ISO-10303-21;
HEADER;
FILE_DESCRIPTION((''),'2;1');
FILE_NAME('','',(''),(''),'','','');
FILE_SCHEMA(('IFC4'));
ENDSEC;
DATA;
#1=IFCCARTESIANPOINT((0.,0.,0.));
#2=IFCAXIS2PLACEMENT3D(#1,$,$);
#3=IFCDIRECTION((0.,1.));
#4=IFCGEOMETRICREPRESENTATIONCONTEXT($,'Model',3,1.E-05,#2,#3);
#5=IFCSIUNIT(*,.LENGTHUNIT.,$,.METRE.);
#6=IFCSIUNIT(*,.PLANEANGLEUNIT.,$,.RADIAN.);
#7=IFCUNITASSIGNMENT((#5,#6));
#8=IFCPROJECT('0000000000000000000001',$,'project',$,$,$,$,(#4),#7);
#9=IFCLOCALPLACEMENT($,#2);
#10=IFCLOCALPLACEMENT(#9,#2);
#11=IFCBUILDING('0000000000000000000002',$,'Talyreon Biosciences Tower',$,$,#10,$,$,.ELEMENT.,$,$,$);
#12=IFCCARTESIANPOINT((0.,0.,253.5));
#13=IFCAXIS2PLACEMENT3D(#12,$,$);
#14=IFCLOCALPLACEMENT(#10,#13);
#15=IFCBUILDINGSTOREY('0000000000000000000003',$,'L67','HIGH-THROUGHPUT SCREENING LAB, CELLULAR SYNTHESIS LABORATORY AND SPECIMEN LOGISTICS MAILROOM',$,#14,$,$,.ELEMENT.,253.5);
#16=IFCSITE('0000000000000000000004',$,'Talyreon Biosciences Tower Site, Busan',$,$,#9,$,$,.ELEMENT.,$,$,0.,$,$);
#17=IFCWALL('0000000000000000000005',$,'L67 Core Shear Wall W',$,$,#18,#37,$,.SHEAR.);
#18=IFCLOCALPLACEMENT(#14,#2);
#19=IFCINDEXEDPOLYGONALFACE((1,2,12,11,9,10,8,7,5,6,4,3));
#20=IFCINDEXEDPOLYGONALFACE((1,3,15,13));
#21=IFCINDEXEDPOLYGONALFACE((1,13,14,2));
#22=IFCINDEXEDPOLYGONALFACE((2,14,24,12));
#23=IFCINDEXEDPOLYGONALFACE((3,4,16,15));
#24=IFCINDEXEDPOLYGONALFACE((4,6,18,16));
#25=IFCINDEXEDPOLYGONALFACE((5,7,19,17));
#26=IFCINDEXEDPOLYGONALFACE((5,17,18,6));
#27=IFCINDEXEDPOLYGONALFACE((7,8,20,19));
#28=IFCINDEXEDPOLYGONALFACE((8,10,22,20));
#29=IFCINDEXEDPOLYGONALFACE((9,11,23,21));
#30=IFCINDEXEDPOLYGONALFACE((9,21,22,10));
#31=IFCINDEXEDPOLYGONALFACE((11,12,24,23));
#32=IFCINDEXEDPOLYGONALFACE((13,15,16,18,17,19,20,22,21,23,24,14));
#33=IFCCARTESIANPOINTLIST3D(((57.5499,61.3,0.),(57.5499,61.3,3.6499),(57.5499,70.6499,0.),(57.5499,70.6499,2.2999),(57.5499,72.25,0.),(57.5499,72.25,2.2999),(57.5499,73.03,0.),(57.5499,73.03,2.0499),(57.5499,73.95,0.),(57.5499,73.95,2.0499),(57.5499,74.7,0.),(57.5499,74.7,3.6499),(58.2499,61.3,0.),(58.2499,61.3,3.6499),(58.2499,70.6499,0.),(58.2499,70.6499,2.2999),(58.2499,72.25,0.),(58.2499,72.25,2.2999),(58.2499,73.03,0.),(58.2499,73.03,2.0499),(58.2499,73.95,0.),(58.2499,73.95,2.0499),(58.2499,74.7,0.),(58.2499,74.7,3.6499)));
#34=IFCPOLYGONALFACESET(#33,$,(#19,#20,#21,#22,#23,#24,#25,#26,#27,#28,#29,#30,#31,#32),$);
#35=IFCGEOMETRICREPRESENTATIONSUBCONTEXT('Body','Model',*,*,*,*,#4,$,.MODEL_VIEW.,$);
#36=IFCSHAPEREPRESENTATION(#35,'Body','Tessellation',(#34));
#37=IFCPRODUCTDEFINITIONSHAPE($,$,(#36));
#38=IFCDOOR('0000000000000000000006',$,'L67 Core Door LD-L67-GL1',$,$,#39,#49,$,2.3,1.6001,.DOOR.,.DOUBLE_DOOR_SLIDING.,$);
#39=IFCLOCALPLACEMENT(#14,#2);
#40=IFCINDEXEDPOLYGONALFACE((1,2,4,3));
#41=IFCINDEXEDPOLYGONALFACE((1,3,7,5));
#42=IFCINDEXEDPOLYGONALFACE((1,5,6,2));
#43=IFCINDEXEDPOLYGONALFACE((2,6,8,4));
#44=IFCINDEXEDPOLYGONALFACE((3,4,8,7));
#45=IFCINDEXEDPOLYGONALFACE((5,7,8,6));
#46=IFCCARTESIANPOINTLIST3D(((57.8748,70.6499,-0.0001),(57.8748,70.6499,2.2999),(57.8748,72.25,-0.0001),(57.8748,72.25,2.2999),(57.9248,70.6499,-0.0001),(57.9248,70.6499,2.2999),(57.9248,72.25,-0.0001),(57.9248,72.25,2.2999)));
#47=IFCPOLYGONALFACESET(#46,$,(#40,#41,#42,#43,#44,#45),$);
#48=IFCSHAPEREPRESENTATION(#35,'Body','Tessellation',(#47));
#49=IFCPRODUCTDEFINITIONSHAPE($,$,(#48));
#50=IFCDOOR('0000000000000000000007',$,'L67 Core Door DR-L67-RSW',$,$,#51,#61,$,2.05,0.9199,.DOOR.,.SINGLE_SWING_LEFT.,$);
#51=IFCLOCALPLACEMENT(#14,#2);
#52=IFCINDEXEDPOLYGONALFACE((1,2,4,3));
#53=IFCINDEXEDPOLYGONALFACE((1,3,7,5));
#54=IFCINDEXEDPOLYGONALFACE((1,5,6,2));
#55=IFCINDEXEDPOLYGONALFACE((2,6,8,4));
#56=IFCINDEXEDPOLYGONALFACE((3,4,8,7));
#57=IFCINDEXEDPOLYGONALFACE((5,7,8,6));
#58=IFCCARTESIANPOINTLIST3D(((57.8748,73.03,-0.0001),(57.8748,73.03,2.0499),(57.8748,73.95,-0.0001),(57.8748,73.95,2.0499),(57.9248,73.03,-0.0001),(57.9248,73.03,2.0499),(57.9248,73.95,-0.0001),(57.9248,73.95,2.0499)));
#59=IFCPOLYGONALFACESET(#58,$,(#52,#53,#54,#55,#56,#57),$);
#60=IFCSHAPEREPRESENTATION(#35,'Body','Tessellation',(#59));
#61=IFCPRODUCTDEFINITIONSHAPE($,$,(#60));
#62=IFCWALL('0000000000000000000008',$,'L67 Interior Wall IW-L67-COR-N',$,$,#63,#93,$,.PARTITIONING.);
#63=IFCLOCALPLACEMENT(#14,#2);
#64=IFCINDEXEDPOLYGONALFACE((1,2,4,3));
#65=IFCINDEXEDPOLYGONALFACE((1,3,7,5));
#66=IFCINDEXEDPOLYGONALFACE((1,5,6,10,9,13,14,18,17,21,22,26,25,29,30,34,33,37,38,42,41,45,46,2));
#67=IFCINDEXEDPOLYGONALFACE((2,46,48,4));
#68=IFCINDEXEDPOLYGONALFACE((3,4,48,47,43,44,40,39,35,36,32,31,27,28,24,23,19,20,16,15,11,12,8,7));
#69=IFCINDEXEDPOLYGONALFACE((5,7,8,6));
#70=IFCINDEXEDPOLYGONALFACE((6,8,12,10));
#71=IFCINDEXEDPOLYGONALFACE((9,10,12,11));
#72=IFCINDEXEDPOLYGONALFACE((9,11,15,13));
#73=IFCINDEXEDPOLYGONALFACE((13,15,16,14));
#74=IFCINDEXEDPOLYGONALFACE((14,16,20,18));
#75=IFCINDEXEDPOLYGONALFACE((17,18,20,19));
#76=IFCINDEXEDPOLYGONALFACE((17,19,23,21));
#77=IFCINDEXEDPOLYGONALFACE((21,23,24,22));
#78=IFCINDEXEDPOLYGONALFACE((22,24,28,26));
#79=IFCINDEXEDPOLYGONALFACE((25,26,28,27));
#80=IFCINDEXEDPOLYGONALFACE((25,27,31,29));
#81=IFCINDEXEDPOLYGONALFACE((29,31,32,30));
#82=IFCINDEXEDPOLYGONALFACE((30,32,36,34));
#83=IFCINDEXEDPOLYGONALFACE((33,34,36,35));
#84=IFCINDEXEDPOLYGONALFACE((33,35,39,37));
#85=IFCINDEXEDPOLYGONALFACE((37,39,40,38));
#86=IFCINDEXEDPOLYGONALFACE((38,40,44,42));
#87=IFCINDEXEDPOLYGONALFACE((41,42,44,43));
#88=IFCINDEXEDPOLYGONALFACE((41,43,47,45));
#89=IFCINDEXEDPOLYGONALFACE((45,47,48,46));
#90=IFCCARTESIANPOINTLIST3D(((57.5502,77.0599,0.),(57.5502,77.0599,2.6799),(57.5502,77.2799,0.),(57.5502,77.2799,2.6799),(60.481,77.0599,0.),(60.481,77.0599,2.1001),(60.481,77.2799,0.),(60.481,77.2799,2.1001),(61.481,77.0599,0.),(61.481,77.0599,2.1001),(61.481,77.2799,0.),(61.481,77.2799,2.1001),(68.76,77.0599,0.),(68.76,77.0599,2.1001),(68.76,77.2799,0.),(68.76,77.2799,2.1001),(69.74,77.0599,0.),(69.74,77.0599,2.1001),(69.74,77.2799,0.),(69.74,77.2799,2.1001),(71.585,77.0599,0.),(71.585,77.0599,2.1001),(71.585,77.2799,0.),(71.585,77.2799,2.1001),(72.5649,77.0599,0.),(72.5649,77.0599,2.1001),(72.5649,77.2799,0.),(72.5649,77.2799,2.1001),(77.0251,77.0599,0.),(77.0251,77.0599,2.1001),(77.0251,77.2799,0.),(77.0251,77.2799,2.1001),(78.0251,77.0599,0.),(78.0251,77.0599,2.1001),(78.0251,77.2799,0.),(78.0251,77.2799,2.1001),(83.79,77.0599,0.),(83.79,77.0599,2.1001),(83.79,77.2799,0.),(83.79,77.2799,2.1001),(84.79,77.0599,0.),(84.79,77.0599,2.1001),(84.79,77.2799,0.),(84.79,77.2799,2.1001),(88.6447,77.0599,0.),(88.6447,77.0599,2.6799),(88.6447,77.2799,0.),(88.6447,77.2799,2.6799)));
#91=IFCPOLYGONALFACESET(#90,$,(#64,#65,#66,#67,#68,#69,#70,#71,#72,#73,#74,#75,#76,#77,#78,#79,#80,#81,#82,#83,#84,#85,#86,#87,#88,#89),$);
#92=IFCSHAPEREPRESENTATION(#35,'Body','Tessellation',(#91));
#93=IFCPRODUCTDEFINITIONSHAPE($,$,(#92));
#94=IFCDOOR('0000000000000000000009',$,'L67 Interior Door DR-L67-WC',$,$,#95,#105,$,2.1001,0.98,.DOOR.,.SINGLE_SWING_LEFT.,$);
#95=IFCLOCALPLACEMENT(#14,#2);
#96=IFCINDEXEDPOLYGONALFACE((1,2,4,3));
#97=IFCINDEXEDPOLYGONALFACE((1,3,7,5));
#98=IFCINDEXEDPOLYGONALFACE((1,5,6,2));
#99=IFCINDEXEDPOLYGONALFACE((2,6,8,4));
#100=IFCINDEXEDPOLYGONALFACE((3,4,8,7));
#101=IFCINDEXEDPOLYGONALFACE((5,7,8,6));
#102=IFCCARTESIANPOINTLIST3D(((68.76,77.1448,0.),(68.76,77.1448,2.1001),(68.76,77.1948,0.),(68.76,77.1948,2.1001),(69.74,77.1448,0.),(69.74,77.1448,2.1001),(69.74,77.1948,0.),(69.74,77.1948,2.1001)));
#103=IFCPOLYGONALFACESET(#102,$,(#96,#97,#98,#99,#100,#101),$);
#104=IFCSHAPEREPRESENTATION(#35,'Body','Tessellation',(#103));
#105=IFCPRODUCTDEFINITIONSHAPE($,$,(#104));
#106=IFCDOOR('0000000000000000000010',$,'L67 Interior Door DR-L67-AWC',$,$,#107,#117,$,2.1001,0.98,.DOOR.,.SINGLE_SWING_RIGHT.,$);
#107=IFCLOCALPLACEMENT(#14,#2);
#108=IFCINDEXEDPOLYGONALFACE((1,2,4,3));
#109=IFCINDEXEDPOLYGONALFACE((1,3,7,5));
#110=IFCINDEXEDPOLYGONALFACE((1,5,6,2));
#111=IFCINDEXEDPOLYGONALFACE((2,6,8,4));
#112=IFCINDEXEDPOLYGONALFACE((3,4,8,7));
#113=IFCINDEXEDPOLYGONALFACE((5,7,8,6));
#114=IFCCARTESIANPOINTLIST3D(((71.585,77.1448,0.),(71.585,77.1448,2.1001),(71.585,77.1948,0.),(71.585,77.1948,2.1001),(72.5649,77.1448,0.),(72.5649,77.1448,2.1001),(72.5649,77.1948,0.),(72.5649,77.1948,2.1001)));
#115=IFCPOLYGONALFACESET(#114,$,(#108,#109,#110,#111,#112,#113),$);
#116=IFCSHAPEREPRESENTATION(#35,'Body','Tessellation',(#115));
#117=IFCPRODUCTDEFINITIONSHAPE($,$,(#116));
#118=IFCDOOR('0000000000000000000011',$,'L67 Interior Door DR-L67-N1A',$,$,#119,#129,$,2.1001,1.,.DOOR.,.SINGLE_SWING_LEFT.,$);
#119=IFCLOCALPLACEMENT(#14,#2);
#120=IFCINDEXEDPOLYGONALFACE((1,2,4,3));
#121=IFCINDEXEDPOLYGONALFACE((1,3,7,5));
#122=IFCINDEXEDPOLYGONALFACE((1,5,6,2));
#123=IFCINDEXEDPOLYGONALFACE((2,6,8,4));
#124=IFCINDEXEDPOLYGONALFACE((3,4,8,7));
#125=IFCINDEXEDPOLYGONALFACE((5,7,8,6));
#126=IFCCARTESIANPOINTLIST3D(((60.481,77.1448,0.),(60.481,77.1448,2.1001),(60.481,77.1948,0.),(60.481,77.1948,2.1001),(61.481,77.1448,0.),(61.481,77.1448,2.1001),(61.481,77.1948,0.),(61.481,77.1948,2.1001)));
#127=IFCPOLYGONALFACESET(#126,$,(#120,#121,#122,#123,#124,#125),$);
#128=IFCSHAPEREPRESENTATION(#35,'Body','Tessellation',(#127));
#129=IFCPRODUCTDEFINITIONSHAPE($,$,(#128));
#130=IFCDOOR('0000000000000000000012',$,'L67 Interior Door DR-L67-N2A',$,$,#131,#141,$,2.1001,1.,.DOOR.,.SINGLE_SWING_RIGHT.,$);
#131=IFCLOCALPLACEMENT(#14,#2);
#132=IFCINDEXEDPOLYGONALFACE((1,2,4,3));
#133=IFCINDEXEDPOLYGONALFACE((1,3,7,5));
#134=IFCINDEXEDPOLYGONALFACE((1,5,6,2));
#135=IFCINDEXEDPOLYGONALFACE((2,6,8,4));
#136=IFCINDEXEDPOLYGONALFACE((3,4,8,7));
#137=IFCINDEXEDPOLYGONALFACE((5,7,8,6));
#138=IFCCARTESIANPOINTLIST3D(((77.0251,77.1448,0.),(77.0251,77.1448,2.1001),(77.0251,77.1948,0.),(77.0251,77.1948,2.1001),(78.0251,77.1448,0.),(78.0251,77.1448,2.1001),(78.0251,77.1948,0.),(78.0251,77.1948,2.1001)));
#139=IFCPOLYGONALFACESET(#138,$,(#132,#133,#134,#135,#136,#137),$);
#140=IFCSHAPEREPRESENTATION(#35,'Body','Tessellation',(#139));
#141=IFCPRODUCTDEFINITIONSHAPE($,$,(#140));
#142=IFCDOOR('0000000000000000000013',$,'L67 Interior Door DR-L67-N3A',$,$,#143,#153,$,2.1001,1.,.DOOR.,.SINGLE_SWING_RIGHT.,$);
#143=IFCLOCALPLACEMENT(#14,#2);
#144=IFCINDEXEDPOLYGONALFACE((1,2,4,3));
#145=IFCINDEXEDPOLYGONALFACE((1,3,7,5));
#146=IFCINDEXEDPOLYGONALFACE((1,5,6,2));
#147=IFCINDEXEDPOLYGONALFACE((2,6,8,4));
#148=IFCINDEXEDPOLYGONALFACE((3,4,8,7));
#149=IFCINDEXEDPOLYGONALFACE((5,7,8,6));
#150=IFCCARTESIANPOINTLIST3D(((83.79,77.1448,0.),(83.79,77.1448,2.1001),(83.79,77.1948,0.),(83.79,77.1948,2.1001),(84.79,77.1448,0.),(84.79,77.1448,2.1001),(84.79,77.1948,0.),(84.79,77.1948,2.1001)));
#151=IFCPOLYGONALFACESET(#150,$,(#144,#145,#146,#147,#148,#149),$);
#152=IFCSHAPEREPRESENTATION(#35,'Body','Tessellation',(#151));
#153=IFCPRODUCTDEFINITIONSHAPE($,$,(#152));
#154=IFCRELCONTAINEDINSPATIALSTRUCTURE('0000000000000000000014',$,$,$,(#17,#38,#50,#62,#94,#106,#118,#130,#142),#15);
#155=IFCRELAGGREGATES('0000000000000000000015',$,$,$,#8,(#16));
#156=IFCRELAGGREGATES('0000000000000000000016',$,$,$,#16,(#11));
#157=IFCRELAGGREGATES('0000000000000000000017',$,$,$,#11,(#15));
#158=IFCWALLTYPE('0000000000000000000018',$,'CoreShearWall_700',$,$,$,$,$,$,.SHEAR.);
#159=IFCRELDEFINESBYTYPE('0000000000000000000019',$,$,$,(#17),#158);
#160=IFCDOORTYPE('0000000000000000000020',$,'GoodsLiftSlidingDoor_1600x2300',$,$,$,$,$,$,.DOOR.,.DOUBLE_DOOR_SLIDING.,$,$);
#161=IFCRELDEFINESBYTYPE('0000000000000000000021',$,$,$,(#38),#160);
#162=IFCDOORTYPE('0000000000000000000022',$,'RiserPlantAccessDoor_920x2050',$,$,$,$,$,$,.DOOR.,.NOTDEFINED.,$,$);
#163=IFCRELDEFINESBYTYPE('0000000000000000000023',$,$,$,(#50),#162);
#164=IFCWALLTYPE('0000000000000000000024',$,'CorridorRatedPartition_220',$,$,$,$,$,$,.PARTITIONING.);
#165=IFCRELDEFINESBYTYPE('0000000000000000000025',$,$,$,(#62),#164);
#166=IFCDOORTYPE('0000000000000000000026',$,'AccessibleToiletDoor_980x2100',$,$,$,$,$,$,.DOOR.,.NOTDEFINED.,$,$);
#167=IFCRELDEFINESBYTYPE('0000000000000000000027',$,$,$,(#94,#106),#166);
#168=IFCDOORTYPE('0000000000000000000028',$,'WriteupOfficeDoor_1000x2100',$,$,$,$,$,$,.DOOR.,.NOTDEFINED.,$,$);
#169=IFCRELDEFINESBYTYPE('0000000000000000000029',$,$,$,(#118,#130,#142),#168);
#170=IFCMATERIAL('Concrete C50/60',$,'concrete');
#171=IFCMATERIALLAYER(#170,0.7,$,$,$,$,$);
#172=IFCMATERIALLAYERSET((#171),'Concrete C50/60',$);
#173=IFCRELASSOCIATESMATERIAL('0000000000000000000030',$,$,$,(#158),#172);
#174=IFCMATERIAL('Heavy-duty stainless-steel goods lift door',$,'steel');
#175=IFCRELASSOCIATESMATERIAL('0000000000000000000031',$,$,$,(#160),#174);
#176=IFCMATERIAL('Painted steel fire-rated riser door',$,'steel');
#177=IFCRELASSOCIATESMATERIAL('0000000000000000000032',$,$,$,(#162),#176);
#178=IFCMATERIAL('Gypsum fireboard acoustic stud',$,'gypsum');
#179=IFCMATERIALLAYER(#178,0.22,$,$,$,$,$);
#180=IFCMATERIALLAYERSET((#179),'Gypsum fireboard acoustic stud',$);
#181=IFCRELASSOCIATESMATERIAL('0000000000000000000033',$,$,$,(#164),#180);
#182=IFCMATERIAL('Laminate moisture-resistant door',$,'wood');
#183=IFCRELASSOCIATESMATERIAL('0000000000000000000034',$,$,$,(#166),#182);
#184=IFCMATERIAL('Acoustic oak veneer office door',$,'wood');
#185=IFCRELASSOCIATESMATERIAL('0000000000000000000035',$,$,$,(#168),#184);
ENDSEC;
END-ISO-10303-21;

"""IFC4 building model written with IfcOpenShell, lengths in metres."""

from ifc_helpers import new_model, si_unit, direction, frame, frame_2d, origin, place, context, subcontext, project, spatial, rectangle, extrude, material, layer, layer_set, type_object, element, fill, save


model = new_model("IFC4")

# Units and contexts
model_context = context("Model", 3, precision=1e-05, world=origin(), true_north=direction((0.0, 1.0)))
body_context = subcontext(model_context, "Body", "Model", "MODEL_VIEW")
ifc_project = project(units=[si_unit("LENGTHUNIT", "METRE"), si_unit("PLANEANGLEUNIT", "RADIAN")], contexts=[model_context])

# Site, building, storey
site_placement = place(None, origin())
site = spatial("IfcSite", under=ifc_project, at=site_placement, Name="Talyreon Biosciences Tower Site, Busan", CompositionType="ELEMENT", RefElevation=0.0)
building_placement = place(site_placement, origin())
building = spatial("IfcBuilding", under=site, at=building_placement, Name="Talyreon Biosciences Tower", CompositionType="ELEMENT")
storey_placement = place(building_placement, frame((0.0, 0.0, 253.5)))
storey = spatial("IfcBuildingStorey", under=building, at=storey_placement, Name="L67", Description="HIGH-THROUGHPUT SCREENING LAB, CELLULAR SYNTHESIS LABORATORY AND SPECIMEN LOGISTICS MAILROOM", CompositionType="ELEMENT", Elevation=253.5)

# Shared definitions
ifc_material_1 = material(Name="Concrete C50/60", Category="concrete")

# Shared definitions
ifc_layer_1 = layer(ifc_material_1, 0.7)
ifc_layer_set_1 = layer_set([ifc_layer_1], Name="Concrete C50/60")
wall_type_1 = type_object("IfcWallType", Name="CoreShearWall_700", PredefinedType="SHEAR", material=ifc_layer_set_1)

# Walls, openings, doors
wall_1_placement = place(storey_placement, frame((57.8999, 74.7, 0.0), z_axis=(0.0, 0.0, 1.0), x_axis=(0.0, -1.0, 0.0)))
wall_1 = element("IfcWall", 1, at=wall_1_placement, inside=storey, type_object=wall_type_1, Name="L67 Core Shear Wall W", PredefinedType="SHEAR", context=body_context, shape_type="SweptSolid", body=[
    extrude(rectangle(XDim=13.3999, YDim=0.7, at=frame_2d((6.7, 0.0))), origin(), (0.0, 0.0, 1.0), 3.6499),
])
opening_1_placement = place(wall_1_placement, frame((0.75, 0.0, 0.0)))
opening_1 = element("IfcOpeningElement", 2, at=opening_1_placement, cuts=wall_1, PredefinedType="OPENING", context=body_context, shape_type="SweptSolid", body=[
    extrude(rectangle(XDim=0.9199, YDim=2.05, at=frame_2d((0.46, 1.0249))), frame((0.0, 0.3599, 0.0), z_axis=(0.0, -1.0, 0.0), x_axis=(1.0, 0.0, 0.0)), (0.0, 0.0, 1.0), 0.72),
])
opening_2_placement = place(wall_1_placement, frame((2.45, 0.0, 0.0)))
opening_2 = element("IfcOpeningElement", 3, at=opening_2_placement, cuts=wall_1, PredefinedType="OPENING", context=body_context, shape_type="SweptSolid", body=[
    extrude(rectangle(XDim=1.6001, YDim=2.3, at=frame_2d((0.8, 1.1499))), frame((0.0, 0.3599, 0.0), z_axis=(0.0, -1.0, 0.0), x_axis=(1.0, 0.0, 0.0)), (0.0, 0.0, 1.0), 0.72),
])
ifc_material_2 = material(Name="Heavy-duty stainless-steel goods lift door", Category="steel")
door_type_1 = type_object("IfcDoorType", Name="GoodsLiftSlidingDoor_1600x2300", OperationType="DOUBLE_DOOR_SLIDING", PredefinedType="DOOR", material=ifc_material_2)
door_1_placement = place(opening_2_placement, origin())
door_1 = element("IfcDoor", 4, at=door_1_placement, inside=storey, type_object=door_type_1, Name="L67 Core Door LD-L67-GL1", OperationType="DOUBLE_DOOR_SLIDING", OverallHeight=2.3, OverallWidth=1.6001, PredefinedType="DOOR", context=body_context, shape_type="SweptSolid", body=[
    extrude(rectangle(XDim=1.6001, YDim=2.3, at=frame_2d((0.8, 1.1499))), frame((0.0, 0.0249, 0.0), z_axis=(0.0, -1.0, 0.0), x_axis=(1.0, 0.0, 0.0)), (0.0, 0.0, 1.0), 0.05),
])
fill(opening_2, door_1)
ifc_material_3 = material(Name="Painted steel fire-rated riser door", Category="steel")
door_type_2 = type_object("IfcDoorType", Name="RiserPlantAccessDoor_920x2050", OperationType="NOTDEFINED", PredefinedType="DOOR", material=ifc_material_3)
door_2_placement = place(opening_1_placement, origin())
door_2 = element("IfcDoor", 5, at=door_2_placement, inside=storey, type_object=door_type_2, Name="L67 Core Door DR-L67-RSW", OperationType="SINGLE_SWING_LEFT", OverallHeight=2.05, OverallWidth=0.9199, PredefinedType="DOOR", context=body_context, shape_type="SweptSolid", body=[
    extrude(rectangle(XDim=0.9199, YDim=2.05, at=frame_2d((0.46, 1.0249))), frame((0.0, 0.0249, 0.0), z_axis=(0.0, -1.0, 0.0), x_axis=(1.0, 0.0, 0.0)), (0.0, 0.0, 1.0), 0.05),
])
fill(opening_1, door_2)
ifc_material_4 = material(Name="Gypsum fireboard acoustic stud", Category="gypsum")
ifc_layer_2 = layer(ifc_material_4, 0.22)
ifc_layer_set_2 = layer_set([ifc_layer_2], Name="Gypsum fireboard acoustic stud")
wall_type_2 = type_object("IfcWallType", Name="CorridorRatedPartition_220", PredefinedType="PARTITIONING", material=ifc_layer_set_2)
wall_2_placement = place(storey_placement, frame((57.55, 77.1699, 0.0), z_axis=(0.0, 0.0, 1.0), x_axis=(1.0, 0.0, 0.0)))
wall_2 = element("IfcWall", 6, at=wall_2_placement, inside=storey, type_object=wall_type_2, Name="L67 Interior Wall IW-L67-COR-N", PredefinedType="PARTITIONING", context=body_context, shape_type="SweptSolid", body=[
    extrude(rectangle(XDim=31.0945, YDim=0.22, at=frame_2d((15.5474, 0.0))), origin(), (0.0, 0.0, 1.0), 2.6799),
])
opening_3_placement = place(wall_2_placement, frame((11.21, 0.0, 0.0)))
opening_3 = element("IfcOpeningElement", 7, at=opening_3_placement, cuts=wall_2, PredefinedType="OPENING", context=body_context, shape_type="SweptSolid", body=[
    extrude(rectangle(XDim=0.98, YDim=2.1001, at=frame_2d((0.49, 1.05))), frame((0.0, 0.1199, 0.0), z_axis=(0.0, -1.0, 0.0), x_axis=(1.0, 0.0, 0.0)), (0.0, 0.0, 1.0), 0.24),
])
opening_4_placement = place(wall_2_placement, frame((14.0349, 0.0, 0.0)))
opening_4 = element("IfcOpeningElement", 8, at=opening_4_placement, cuts=wall_2, PredefinedType="OPENING", context=body_context, shape_type="SweptSolid", body=[
    extrude(rectangle(XDim=0.98, YDim=2.1001, at=frame_2d((0.49, 1.05))), frame((0.0, 0.1199, 0.0), z_axis=(0.0, -1.0, 0.0), x_axis=(1.0, 0.0, 0.0)), (0.0, 0.0, 1.0), 0.24),
])
opening_5_placement = place(wall_2_placement, frame((2.9309, 0.0, 0.0)))
opening_5 = element("IfcOpeningElement", 9, at=opening_5_placement, cuts=wall_2, PredefinedType="OPENING", context=body_context, shape_type="SweptSolid", body=[
    extrude(rectangle(XDim=1.0, YDim=2.1001, at=frame_2d((0.5, 1.05))), frame((0.0, 0.1199, 0.0), z_axis=(0.0, -1.0, 0.0), x_axis=(1.0, 0.0, 0.0)), (0.0, 0.0, 1.0), 0.24),
])
opening_6_placement = place(wall_2_placement, frame((19.4751, 0.0, 0.0)))
opening_6 = element("IfcOpeningElement", 10, at=opening_6_placement, cuts=wall_2, PredefinedType="OPENING", context=body_context, shape_type="SweptSolid", body=[
    extrude(rectangle(XDim=1.0, YDim=2.1001, at=frame_2d((0.5, 1.05))), frame((0.0, 0.1199, 0.0), z_axis=(0.0, -1.0, 0.0), x_axis=(1.0, 0.0, 0.0)), (0.0, 0.0, 1.0), 0.24),
])
opening_7_placement = place(wall_2_placement, frame((26.24, 0.0, 0.0)))
opening_7 = element("IfcOpeningElement", 11, at=opening_7_placement, cuts=wall_2, PredefinedType="OPENING", context=body_context, shape_type="SweptSolid", body=[
    extrude(rectangle(XDim=1.0, YDim=2.1001, at=frame_2d((0.5, 1.05))), frame((0.0, 0.1199, 0.0), z_axis=(0.0, -1.0, 0.0), x_axis=(1.0, 0.0, 0.0)), (0.0, 0.0, 1.0), 0.24),
])
ifc_material_5 = material(Name="Laminate moisture-resistant door", Category="wood")
door_type_3 = type_object("IfcDoorType", Name="AccessibleToiletDoor_980x2100", OperationType="NOTDEFINED", PredefinedType="DOOR", material=ifc_material_5)
door_3_placement = place(opening_3_placement, origin())
door_3 = element("IfcDoor", 12, at=door_3_placement, inside=storey, type_object=door_type_3, Name="L67 Interior Door DR-L67-WC", OperationType="SINGLE_SWING_LEFT", OverallHeight=2.1001, OverallWidth=0.98, PredefinedType="DOOR", context=body_context, shape_type="SweptSolid", body=[
    extrude(rectangle(XDim=0.98, YDim=2.1001, at=frame_2d((0.49, 1.05))), frame((0.0, 0.0249, 0.0), z_axis=(0.0, -1.0, 0.0), x_axis=(1.0, 0.0, 0.0)), (0.0, 0.0, 1.0), 0.05),
])
fill(opening_3, door_3)
door_4_placement = place(opening_4_placement, origin())
door_4 = element("IfcDoor", 13, at=door_4_placement, inside=storey, type_object=door_type_3, Name="L67 Interior Door DR-L67-AWC", OperationType="SINGLE_SWING_RIGHT", OverallHeight=2.1001, OverallWidth=0.98, PredefinedType="DOOR", context=body_context, shape_type="SweptSolid", body=[
    extrude(rectangle(XDim=0.98, YDim=2.1001, at=frame_2d((0.49, 1.05))), frame((0.0, 0.0249, 0.0), z_axis=(0.0, -1.0, 0.0), x_axis=(1.0, 0.0, 0.0)), (0.0, 0.0, 1.0), 0.05),
])
fill(opening_4, door_4)
ifc_material_6 = material(Name="Acoustic oak veneer office door", Category="wood")
door_type_4 = type_object("IfcDoorType", Name="WriteupOfficeDoor_1000x2100", OperationType="NOTDEFINED", PredefinedType="DOOR", material=ifc_material_6)
door_5_placement = place(opening_5_placement, origin())
door_5 = element("IfcDoor", 14, at=door_5_placement, inside=storey, type_object=door_type_4, Name="L67 Interior Door DR-L67-N1A", OperationType="SINGLE_SWING_LEFT", OverallHeight=2.1001, OverallWidth=1.0, PredefinedType="DOOR", context=body_context, shape_type="SweptSolid", body=[
    extrude(rectangle(XDim=1.0, YDim=2.1001, at=frame_2d((0.5, 1.05))), frame((0.0, 0.0249, 0.0), z_axis=(0.0, -1.0, 0.0), x_axis=(1.0, 0.0, 0.0)), (0.0, 0.0, 1.0), 0.05),
])
fill(opening_5, door_5)
door_6_placement = place(opening_6_placement, origin())
door_6 = element("IfcDoor", 15, at=door_6_placement, inside=storey, type_object=door_type_4, Name="L67 Interior Door DR-L67-N2A", OperationType="SINGLE_SWING_RIGHT", OverallHeight=2.1001, OverallWidth=1.0, PredefinedType="DOOR", context=body_context, shape_type="SweptSolid", body=[
    extrude(rectangle(XDim=1.0, YDim=2.1001, at=frame_2d((0.5, 1.05))), frame((0.0, 0.0249, 0.0), z_axis=(0.0, -1.0, 0.0), x_axis=(1.0, 0.0, 0.0)), (0.0, 0.0, 1.0), 0.05),
])
fill(opening_6, door_6)
door_7_placement = place(opening_7_placement, origin())
door_7 = element("IfcDoor", 16, at=door_7_placement, inside=storey, type_object=door_type_4, Name="L67 Interior Door DR-L67-N3A", OperationType="SINGLE_SWING_RIGHT", OverallHeight=2.1001, OverallWidth=1.0, PredefinedType="DOOR", context=body_context, shape_type="SweptSolid", body=[
    extrude(rectangle(XDim=1.0, YDim=2.1001, at=frame_2d((0.5, 1.05))), frame((0.0, 0.0249, 0.0), z_axis=(0.0, -1.0, 0.0), x_axis=(1.0, 0.0, 0.0)), (0.0, 0.0, 1.0), 0.05),
])
fill(opening_7, door_7)

save(model, "model.ifc")
